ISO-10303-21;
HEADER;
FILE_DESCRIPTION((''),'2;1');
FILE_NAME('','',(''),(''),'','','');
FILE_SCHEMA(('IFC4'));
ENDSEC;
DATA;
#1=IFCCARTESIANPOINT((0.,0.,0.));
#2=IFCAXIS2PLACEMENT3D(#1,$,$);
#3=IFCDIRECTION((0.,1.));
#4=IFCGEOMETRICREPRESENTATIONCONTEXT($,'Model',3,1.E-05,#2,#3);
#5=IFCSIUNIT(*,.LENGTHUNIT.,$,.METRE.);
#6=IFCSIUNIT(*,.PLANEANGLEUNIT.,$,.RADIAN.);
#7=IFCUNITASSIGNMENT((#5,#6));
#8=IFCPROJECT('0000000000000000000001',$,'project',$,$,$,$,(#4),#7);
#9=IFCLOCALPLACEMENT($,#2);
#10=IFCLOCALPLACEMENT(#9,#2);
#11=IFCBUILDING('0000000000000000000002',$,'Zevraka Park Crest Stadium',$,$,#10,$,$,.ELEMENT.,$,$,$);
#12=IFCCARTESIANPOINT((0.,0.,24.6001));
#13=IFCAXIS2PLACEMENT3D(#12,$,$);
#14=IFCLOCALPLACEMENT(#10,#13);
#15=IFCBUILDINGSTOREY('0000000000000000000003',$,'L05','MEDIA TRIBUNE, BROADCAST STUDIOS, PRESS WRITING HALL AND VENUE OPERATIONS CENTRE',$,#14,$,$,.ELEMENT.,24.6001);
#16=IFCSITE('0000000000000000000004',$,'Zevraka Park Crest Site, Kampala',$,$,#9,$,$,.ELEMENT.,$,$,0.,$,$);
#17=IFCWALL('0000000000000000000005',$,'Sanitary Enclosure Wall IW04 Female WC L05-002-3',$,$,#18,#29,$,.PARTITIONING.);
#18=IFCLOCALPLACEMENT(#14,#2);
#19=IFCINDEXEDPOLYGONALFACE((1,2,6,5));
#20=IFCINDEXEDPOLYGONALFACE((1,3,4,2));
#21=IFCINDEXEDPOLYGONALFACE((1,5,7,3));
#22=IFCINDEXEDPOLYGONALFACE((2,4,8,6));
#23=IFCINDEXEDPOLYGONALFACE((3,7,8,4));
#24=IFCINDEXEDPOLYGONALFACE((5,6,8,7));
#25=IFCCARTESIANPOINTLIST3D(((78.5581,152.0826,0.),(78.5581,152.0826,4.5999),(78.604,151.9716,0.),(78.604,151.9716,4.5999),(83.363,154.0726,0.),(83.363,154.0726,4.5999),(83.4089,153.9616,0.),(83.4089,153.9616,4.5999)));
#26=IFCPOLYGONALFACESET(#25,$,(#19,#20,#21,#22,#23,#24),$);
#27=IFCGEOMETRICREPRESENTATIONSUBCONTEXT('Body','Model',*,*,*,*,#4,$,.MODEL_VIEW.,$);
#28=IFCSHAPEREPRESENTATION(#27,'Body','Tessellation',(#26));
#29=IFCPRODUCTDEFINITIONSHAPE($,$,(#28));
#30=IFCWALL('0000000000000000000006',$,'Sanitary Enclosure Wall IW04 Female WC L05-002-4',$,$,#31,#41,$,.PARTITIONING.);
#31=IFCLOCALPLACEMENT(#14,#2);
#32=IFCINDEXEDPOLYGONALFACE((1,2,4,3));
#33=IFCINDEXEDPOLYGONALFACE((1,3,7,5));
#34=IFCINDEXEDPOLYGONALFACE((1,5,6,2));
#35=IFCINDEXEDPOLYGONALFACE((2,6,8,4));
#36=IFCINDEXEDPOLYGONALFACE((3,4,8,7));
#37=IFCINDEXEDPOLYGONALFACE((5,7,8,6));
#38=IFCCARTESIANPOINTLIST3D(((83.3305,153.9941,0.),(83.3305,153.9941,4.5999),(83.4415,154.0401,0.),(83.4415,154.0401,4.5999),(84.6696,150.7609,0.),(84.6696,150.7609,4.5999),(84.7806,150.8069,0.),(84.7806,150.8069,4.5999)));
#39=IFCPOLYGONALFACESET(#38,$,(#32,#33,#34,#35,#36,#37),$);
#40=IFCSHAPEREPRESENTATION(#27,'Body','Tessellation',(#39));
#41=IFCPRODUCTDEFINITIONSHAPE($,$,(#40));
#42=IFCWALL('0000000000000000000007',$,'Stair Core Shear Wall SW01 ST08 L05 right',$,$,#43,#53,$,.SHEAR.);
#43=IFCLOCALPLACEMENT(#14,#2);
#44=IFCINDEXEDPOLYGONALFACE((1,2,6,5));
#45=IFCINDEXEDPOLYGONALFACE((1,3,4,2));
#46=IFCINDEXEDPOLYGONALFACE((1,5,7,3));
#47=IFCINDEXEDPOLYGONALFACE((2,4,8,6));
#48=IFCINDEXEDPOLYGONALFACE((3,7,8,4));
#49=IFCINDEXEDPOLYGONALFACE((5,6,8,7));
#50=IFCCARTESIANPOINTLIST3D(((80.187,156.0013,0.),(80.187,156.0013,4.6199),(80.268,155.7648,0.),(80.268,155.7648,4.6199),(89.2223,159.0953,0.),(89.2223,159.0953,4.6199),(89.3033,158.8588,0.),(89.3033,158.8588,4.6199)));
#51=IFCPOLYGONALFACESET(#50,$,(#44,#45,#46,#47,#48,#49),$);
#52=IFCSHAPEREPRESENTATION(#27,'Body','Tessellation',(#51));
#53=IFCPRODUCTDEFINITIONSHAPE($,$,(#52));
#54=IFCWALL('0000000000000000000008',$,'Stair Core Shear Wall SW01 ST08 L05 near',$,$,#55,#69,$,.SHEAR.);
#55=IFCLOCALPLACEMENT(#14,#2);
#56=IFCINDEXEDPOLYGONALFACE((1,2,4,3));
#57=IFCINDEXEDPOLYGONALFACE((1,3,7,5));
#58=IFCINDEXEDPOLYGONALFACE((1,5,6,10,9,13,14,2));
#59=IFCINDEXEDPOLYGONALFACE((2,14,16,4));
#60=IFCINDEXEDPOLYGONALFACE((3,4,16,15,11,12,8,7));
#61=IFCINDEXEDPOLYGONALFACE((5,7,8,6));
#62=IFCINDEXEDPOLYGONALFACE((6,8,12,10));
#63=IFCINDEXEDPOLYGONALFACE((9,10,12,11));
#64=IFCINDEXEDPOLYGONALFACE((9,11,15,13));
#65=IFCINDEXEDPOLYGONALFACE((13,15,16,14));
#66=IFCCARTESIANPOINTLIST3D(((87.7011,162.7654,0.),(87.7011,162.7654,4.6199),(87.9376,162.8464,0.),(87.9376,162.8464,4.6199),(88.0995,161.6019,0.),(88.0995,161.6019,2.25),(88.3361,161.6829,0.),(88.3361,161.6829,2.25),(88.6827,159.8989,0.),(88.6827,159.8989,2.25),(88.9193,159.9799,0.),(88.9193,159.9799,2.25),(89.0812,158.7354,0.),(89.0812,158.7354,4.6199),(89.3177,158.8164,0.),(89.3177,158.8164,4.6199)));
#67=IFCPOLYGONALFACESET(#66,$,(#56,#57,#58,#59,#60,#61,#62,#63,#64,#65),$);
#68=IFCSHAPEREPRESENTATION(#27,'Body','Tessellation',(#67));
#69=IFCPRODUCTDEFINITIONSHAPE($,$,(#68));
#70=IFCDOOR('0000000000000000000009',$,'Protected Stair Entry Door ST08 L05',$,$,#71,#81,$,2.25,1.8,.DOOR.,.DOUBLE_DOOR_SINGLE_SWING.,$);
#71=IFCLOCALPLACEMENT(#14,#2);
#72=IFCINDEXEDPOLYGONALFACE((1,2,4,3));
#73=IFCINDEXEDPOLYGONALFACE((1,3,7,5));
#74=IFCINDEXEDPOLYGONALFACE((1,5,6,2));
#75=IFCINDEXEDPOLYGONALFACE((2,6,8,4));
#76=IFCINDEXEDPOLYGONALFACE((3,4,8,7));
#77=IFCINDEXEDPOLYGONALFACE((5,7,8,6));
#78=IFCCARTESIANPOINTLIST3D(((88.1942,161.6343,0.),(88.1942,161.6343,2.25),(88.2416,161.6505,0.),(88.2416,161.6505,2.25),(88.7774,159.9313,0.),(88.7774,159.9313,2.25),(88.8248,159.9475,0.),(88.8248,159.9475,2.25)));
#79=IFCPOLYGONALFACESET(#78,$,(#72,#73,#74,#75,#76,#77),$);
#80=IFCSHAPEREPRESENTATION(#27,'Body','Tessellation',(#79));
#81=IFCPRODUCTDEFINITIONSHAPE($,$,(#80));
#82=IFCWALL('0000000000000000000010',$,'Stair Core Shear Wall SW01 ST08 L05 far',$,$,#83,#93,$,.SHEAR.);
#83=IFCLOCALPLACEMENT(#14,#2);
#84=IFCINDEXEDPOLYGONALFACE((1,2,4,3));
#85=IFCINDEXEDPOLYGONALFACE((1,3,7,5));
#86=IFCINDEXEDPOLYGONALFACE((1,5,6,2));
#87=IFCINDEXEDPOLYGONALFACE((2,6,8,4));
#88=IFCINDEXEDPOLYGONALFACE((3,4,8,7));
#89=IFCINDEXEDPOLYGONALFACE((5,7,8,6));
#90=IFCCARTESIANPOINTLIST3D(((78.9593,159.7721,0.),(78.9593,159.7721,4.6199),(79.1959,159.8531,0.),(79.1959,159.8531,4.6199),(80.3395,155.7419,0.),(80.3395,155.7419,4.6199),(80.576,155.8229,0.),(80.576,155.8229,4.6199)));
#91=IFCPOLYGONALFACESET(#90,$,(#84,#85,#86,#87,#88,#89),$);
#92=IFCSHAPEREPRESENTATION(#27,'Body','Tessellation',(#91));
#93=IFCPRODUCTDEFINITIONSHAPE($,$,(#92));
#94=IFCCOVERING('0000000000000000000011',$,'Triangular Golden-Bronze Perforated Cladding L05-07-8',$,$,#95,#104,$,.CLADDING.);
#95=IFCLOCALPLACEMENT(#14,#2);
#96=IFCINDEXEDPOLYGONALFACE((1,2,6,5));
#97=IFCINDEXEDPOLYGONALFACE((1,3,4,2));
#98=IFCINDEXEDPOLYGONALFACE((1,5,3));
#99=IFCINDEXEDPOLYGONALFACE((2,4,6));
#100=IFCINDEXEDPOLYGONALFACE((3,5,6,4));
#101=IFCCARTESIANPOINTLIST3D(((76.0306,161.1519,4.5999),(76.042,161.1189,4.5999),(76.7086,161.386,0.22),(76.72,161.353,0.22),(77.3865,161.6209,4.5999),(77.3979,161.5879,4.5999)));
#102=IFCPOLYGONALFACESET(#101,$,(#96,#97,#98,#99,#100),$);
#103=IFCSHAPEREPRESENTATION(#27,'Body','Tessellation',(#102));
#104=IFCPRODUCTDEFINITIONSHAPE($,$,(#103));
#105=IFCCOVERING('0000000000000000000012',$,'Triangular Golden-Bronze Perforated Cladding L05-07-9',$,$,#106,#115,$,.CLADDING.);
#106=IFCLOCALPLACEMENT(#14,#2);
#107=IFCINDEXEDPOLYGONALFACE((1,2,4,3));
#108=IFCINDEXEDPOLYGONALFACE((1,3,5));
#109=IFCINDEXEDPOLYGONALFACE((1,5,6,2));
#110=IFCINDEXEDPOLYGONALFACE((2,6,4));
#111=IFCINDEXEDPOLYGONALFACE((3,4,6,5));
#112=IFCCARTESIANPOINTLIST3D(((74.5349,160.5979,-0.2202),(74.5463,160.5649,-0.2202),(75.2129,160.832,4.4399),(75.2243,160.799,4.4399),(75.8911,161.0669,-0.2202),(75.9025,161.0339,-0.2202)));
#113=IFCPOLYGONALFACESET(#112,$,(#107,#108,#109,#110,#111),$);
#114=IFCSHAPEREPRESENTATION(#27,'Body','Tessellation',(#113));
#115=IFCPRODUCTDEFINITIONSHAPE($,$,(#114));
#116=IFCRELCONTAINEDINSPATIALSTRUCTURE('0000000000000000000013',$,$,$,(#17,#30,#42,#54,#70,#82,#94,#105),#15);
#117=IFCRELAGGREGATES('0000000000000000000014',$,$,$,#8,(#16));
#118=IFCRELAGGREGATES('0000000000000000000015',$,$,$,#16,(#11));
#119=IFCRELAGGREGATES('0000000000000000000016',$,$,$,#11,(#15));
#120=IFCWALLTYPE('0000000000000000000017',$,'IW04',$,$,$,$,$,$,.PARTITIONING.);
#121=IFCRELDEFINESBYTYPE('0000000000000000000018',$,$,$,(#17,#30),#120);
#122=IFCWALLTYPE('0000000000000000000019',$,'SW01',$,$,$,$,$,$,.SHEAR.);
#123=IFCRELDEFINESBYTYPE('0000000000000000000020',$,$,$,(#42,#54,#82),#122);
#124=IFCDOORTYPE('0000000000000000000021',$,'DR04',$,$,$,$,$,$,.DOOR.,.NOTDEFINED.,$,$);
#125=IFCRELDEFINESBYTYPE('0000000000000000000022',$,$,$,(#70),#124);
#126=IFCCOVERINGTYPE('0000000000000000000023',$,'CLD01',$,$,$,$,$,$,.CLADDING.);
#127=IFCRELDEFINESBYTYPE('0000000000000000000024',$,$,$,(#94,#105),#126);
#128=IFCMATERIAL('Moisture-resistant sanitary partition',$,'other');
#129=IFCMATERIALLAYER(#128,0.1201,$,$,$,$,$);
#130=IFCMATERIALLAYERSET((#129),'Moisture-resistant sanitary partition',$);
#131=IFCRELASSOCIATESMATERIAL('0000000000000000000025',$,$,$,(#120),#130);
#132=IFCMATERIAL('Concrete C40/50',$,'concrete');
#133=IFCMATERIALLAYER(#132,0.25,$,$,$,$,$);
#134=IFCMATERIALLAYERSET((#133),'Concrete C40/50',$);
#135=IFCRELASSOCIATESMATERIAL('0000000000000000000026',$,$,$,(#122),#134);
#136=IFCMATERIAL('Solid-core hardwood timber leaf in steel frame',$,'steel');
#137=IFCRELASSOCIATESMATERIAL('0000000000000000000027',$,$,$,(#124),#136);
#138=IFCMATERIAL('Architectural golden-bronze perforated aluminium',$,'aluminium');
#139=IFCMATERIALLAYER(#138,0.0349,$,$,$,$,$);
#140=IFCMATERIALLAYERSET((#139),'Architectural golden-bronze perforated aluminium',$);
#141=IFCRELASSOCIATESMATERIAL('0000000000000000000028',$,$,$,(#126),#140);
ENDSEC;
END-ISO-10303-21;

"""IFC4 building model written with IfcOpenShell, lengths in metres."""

from ifc_helpers import new_model, si_unit, direction, frame, frame_2d, origin, place, context, subcontext, project, spatial, polyline, rectangle, outline, extrude, material, layer, layer_set, type_object, element, fill, save


model = new_model("IFC4")

# Units and contexts
model_context = context("Model", 3, precision=1e-05, world=origin(), true_north=direction((0.0, 1.0)))
body_context = subcontext(model_context, "Body", "Model", "MODEL_VIEW")
ifc_project = project(units=[si_unit("LENGTHUNIT", "METRE"), si_unit("PLANEANGLEUNIT", "RADIAN")], contexts=[model_context])

# Site, building, storey
site_placement = place(None, origin())
site = spatial("IfcSite", under=ifc_project, at=site_placement, Name="Zevraka Park Crest Site, Kampala", CompositionType="ELEMENT", RefElevation=0.0)
building_placement = place(site_placement, origin())
building = spatial("IfcBuilding", under=site, at=building_placement, Name="Zevraka Park Crest Stadium", CompositionType="ELEMENT")
storey_placement = place(building_placement, frame((0.0, 0.0, 24.6001)))
storey = spatial("IfcBuildingStorey", under=building, at=storey_placement, Name="L05", Description="MEDIA TRIBUNE, BROADCAST STUDIOS, PRESS WRITING HALL AND VENUE OPERATIONS CENTRE", CompositionType="ELEMENT", Elevation=24.6001)

# Shared definitions
ifc_material_1 = material(Name="Moisture-resistant sanitary partition", Category="other")
ifc_layer_1 = layer(ifc_material_1, 0.1201)
ifc_layer_set_1 = layer_set([ifc_layer_1], Name="Moisture-resistant sanitary partition")
wall_type_1 = type_object("IfcWallType", Name="IW04", PredefinedType="PARTITIONING", material=ifc_layer_set_1)

# Walls
wall_1_placement = place(storey_placement, frame((78.5811, 152.0271, 0.0), z_axis=(0.0, 0.0, 1.0), x_axis=(0.923898, 0.382638, 0.0)))
element("IfcWall", 1, at=wall_1_placement, inside=storey, type_object=wall_type_1, Name="Sanitary Enclosure Wall IW04 Female WC L05-002-3", PredefinedType="PARTITIONING", context=body_context, shape_type="SweptSolid", body=[
    extrude(rectangle(XDim=5.2007, YDim=0.1201, at=frame_2d((2.6003, 0.0))), origin(), (0.0, 0.0, 1.0), 4.5999),
])
wall_2_placement = place(storey_placement, frame((83.386, 154.0171, 0.0), z_axis=(0.0, 0.0, 1.0), x_axis=(0.382658, -0.92389, 0.0)))
element("IfcWall", 2, at=wall_2_placement, inside=storey, type_object=wall_type_1, Name="Sanitary Enclosure Wall IW04 Female WC L05-002-4", PredefinedType="PARTITIONING", context=body_context, shape_type="SweptSolid", body=[
    extrude(rectangle(XDim=3.4995, YDim=0.1201, at=frame_2d((1.7498, 0.0))), origin(), (0.0, 0.0, 1.0), 4.5999),
])
ifc_material_2 = material(Name="Concrete C40/50", Category="concrete")
ifc_layer_2 = layer(ifc_material_2, 0.25)
ifc_layer_set_2 = layer_set([ifc_layer_2], Name="Concrete C40/50")
wall_type_2 = type_object("IfcWallType", Name="SW01", PredefinedType="SHEAR", material=ifc_layer_set_2)
wall_3_placement = place(storey_placement, frame((80.2275, 155.8831, 0.0), z_axis=(0.0, 0.0, 1.0), x_axis=(0.946067, 0.323971, 0.0)))
element("IfcWall", 3, at=wall_3_placement, inside=storey, type_object=wall_type_2, Name="Stair Core Shear Wall SW01 ST08 L05 right", PredefinedType="SHEAR", context=body_context, shape_type="SweptSolid", body=[
    extrude(rectangle(XDim=9.5503, YDim=0.25, at=frame_2d((4.7751, 0.0))), origin(), (0.0, 0.0, 1.0), 4.6199),
])

# Wall, opening, door
wall_4_placement = place(storey_placement, frame((89.1995, 158.7759, 0.0), z_axis=(0.0, 0.0, 1.0), x_axis=(-0.323989, 0.946061, 0.0)))
wall_4 = element("IfcWall", 4, at=wall_4_placement, inside=storey, type_object=wall_type_2, Name="Stair Core Shear Wall SW01 ST08 L05 near", PredefinedType="SHEAR", context=body_context, shape_type="SweptSolid", body=[
    extrude(rectangle(XDim=4.2598, YDim=0.25, at=frame_2d((2.1299, 0.0))), origin(), (0.0, 0.0, 1.0), 4.6199),
])
opening_1_placement = place(wall_4_placement, frame((1.23, 0.0, 0.0)))
opening_1 = element("IfcOpeningElement", 5, at=opening_1_placement, cuts=wall_4, PredefinedType="OPENING", context=body_context, shape_type="SweptSolid", body=[
    extrude(rectangle(XDim=1.8, YDim=2.25, at=frame_2d((0.8999, 1.125))), frame((0.0, 0.135, 0.0), z_axis=(0.0, -1.0, 0.0), x_axis=(1.0, 0.0, 0.0)), (0.0, 0.0, 1.0), 0.27),
])
ifc_material_3 = material(Name="Solid-core hardwood timber leaf in steel frame", Category="steel")
door_type_1 = type_object("IfcDoorType", Name="DR04", OperationType="NOTDEFINED", PredefinedType="DOOR", material=ifc_material_3)
door_1_placement = place(opening_1_placement, origin())
door_1 = element("IfcDoor", 6, at=door_1_placement, inside=storey, type_object=door_type_1, Name="Protected Stair Entry Door ST08 L05", OperationType="DOUBLE_DOOR_SINGLE_SWING", OverallHeight=2.25, OverallWidth=1.8, PredefinedType="DOOR", context=body_context, shape_type="SweptSolid", body=[
    extrude(rectangle(XDim=1.8, YDim=2.25, at=frame_2d((0.8999, 1.125))), frame((0.0, 0.0249, 0.0), z_axis=(0.0, -1.0, 0.0), x_axis=(1.0, 0.0, 0.0)), (0.0, 0.0, 1.0), 0.05),
])
fill(opening_1, door_1)

# Wall
wall_5_placement = place(storey_placement, frame((79.0776, 159.8125, 0.0), z_axis=(0.0, 0.0, 1.0), x_axis=(0.323971, -0.946067, 0.0)))
element("IfcWall", 7, at=wall_5_placement, inside=storey, type_object=wall_type_2, Name="Stair Core Shear Wall SW01 ST08 L05 far", PredefinedType="SHEAR", context=body_context, shape_type="SweptSolid", body=[
    extrude(rectangle(XDim=4.26, YDim=0.25, at=frame_2d((2.1299, 0.0))), origin(), (0.0, 0.0, 1.0), 4.6199),
])

# Coverings
ifc_material_4 = material(Name="Architectural golden-bronze perforated aluminium", Category="aluminium")
ifc_layer_3 = layer(ifc_material_4, 0.0349)
ifc_layer_set_3 = layer_set([ifc_layer_3], Name="Architectural golden-bronze perforated aluminium")
covering_type = type_object("IfcCoveringType", Name="CLD01", PredefinedType="CLADDING", material=ifc_layer_set_3)
covering_1_placement = place(storey_placement, frame((76.042, 161.1189, 4.5999), z_axis=(0.326877, -0.945067, 0.000079), x_axis=(0.945067, 0.326877, 0.0)))
element("IfcCovering", 8, at=covering_1_placement, inside=storey, type_object=covering_type, Name="Triangular Golden-Bronze Perforated Cladding L05-07-8", PredefinedType="CLADDING", context=body_context, shape_type="SweptSolid", body=[
    extrude(outline(polyline([(0.0, 0.0), (1.4348, 0.0), (0.7173, -4.3799), (0.0, 0.0)])), origin(), (0.0, 0.0, -1.0), 0.0349),
])
covering_2_placement = place(storey_placement, frame((75.8911, 161.0669, -0.2202), z_axis=(-0.326824, 0.945085, 0.000066), x_axis=(-0.945085, -0.326824, 0.0)))
element("IfcCovering", 9, at=covering_2_placement, inside=storey, type_object=covering_type, Name="Triangular Golden-Bronze Perforated Cladding L05-07-9", PredefinedType="CLADDING", context=body_context, shape_type="SweptSolid", body=[
    extrude(outline(polyline([(0.0, 0.0), (1.435, 0.0), (0.7177, 4.6602), (0.0, 0.0)])), origin(), (0.0, 0.0, -1.0), 0.0349),
])

save(model, "model.ifc")
